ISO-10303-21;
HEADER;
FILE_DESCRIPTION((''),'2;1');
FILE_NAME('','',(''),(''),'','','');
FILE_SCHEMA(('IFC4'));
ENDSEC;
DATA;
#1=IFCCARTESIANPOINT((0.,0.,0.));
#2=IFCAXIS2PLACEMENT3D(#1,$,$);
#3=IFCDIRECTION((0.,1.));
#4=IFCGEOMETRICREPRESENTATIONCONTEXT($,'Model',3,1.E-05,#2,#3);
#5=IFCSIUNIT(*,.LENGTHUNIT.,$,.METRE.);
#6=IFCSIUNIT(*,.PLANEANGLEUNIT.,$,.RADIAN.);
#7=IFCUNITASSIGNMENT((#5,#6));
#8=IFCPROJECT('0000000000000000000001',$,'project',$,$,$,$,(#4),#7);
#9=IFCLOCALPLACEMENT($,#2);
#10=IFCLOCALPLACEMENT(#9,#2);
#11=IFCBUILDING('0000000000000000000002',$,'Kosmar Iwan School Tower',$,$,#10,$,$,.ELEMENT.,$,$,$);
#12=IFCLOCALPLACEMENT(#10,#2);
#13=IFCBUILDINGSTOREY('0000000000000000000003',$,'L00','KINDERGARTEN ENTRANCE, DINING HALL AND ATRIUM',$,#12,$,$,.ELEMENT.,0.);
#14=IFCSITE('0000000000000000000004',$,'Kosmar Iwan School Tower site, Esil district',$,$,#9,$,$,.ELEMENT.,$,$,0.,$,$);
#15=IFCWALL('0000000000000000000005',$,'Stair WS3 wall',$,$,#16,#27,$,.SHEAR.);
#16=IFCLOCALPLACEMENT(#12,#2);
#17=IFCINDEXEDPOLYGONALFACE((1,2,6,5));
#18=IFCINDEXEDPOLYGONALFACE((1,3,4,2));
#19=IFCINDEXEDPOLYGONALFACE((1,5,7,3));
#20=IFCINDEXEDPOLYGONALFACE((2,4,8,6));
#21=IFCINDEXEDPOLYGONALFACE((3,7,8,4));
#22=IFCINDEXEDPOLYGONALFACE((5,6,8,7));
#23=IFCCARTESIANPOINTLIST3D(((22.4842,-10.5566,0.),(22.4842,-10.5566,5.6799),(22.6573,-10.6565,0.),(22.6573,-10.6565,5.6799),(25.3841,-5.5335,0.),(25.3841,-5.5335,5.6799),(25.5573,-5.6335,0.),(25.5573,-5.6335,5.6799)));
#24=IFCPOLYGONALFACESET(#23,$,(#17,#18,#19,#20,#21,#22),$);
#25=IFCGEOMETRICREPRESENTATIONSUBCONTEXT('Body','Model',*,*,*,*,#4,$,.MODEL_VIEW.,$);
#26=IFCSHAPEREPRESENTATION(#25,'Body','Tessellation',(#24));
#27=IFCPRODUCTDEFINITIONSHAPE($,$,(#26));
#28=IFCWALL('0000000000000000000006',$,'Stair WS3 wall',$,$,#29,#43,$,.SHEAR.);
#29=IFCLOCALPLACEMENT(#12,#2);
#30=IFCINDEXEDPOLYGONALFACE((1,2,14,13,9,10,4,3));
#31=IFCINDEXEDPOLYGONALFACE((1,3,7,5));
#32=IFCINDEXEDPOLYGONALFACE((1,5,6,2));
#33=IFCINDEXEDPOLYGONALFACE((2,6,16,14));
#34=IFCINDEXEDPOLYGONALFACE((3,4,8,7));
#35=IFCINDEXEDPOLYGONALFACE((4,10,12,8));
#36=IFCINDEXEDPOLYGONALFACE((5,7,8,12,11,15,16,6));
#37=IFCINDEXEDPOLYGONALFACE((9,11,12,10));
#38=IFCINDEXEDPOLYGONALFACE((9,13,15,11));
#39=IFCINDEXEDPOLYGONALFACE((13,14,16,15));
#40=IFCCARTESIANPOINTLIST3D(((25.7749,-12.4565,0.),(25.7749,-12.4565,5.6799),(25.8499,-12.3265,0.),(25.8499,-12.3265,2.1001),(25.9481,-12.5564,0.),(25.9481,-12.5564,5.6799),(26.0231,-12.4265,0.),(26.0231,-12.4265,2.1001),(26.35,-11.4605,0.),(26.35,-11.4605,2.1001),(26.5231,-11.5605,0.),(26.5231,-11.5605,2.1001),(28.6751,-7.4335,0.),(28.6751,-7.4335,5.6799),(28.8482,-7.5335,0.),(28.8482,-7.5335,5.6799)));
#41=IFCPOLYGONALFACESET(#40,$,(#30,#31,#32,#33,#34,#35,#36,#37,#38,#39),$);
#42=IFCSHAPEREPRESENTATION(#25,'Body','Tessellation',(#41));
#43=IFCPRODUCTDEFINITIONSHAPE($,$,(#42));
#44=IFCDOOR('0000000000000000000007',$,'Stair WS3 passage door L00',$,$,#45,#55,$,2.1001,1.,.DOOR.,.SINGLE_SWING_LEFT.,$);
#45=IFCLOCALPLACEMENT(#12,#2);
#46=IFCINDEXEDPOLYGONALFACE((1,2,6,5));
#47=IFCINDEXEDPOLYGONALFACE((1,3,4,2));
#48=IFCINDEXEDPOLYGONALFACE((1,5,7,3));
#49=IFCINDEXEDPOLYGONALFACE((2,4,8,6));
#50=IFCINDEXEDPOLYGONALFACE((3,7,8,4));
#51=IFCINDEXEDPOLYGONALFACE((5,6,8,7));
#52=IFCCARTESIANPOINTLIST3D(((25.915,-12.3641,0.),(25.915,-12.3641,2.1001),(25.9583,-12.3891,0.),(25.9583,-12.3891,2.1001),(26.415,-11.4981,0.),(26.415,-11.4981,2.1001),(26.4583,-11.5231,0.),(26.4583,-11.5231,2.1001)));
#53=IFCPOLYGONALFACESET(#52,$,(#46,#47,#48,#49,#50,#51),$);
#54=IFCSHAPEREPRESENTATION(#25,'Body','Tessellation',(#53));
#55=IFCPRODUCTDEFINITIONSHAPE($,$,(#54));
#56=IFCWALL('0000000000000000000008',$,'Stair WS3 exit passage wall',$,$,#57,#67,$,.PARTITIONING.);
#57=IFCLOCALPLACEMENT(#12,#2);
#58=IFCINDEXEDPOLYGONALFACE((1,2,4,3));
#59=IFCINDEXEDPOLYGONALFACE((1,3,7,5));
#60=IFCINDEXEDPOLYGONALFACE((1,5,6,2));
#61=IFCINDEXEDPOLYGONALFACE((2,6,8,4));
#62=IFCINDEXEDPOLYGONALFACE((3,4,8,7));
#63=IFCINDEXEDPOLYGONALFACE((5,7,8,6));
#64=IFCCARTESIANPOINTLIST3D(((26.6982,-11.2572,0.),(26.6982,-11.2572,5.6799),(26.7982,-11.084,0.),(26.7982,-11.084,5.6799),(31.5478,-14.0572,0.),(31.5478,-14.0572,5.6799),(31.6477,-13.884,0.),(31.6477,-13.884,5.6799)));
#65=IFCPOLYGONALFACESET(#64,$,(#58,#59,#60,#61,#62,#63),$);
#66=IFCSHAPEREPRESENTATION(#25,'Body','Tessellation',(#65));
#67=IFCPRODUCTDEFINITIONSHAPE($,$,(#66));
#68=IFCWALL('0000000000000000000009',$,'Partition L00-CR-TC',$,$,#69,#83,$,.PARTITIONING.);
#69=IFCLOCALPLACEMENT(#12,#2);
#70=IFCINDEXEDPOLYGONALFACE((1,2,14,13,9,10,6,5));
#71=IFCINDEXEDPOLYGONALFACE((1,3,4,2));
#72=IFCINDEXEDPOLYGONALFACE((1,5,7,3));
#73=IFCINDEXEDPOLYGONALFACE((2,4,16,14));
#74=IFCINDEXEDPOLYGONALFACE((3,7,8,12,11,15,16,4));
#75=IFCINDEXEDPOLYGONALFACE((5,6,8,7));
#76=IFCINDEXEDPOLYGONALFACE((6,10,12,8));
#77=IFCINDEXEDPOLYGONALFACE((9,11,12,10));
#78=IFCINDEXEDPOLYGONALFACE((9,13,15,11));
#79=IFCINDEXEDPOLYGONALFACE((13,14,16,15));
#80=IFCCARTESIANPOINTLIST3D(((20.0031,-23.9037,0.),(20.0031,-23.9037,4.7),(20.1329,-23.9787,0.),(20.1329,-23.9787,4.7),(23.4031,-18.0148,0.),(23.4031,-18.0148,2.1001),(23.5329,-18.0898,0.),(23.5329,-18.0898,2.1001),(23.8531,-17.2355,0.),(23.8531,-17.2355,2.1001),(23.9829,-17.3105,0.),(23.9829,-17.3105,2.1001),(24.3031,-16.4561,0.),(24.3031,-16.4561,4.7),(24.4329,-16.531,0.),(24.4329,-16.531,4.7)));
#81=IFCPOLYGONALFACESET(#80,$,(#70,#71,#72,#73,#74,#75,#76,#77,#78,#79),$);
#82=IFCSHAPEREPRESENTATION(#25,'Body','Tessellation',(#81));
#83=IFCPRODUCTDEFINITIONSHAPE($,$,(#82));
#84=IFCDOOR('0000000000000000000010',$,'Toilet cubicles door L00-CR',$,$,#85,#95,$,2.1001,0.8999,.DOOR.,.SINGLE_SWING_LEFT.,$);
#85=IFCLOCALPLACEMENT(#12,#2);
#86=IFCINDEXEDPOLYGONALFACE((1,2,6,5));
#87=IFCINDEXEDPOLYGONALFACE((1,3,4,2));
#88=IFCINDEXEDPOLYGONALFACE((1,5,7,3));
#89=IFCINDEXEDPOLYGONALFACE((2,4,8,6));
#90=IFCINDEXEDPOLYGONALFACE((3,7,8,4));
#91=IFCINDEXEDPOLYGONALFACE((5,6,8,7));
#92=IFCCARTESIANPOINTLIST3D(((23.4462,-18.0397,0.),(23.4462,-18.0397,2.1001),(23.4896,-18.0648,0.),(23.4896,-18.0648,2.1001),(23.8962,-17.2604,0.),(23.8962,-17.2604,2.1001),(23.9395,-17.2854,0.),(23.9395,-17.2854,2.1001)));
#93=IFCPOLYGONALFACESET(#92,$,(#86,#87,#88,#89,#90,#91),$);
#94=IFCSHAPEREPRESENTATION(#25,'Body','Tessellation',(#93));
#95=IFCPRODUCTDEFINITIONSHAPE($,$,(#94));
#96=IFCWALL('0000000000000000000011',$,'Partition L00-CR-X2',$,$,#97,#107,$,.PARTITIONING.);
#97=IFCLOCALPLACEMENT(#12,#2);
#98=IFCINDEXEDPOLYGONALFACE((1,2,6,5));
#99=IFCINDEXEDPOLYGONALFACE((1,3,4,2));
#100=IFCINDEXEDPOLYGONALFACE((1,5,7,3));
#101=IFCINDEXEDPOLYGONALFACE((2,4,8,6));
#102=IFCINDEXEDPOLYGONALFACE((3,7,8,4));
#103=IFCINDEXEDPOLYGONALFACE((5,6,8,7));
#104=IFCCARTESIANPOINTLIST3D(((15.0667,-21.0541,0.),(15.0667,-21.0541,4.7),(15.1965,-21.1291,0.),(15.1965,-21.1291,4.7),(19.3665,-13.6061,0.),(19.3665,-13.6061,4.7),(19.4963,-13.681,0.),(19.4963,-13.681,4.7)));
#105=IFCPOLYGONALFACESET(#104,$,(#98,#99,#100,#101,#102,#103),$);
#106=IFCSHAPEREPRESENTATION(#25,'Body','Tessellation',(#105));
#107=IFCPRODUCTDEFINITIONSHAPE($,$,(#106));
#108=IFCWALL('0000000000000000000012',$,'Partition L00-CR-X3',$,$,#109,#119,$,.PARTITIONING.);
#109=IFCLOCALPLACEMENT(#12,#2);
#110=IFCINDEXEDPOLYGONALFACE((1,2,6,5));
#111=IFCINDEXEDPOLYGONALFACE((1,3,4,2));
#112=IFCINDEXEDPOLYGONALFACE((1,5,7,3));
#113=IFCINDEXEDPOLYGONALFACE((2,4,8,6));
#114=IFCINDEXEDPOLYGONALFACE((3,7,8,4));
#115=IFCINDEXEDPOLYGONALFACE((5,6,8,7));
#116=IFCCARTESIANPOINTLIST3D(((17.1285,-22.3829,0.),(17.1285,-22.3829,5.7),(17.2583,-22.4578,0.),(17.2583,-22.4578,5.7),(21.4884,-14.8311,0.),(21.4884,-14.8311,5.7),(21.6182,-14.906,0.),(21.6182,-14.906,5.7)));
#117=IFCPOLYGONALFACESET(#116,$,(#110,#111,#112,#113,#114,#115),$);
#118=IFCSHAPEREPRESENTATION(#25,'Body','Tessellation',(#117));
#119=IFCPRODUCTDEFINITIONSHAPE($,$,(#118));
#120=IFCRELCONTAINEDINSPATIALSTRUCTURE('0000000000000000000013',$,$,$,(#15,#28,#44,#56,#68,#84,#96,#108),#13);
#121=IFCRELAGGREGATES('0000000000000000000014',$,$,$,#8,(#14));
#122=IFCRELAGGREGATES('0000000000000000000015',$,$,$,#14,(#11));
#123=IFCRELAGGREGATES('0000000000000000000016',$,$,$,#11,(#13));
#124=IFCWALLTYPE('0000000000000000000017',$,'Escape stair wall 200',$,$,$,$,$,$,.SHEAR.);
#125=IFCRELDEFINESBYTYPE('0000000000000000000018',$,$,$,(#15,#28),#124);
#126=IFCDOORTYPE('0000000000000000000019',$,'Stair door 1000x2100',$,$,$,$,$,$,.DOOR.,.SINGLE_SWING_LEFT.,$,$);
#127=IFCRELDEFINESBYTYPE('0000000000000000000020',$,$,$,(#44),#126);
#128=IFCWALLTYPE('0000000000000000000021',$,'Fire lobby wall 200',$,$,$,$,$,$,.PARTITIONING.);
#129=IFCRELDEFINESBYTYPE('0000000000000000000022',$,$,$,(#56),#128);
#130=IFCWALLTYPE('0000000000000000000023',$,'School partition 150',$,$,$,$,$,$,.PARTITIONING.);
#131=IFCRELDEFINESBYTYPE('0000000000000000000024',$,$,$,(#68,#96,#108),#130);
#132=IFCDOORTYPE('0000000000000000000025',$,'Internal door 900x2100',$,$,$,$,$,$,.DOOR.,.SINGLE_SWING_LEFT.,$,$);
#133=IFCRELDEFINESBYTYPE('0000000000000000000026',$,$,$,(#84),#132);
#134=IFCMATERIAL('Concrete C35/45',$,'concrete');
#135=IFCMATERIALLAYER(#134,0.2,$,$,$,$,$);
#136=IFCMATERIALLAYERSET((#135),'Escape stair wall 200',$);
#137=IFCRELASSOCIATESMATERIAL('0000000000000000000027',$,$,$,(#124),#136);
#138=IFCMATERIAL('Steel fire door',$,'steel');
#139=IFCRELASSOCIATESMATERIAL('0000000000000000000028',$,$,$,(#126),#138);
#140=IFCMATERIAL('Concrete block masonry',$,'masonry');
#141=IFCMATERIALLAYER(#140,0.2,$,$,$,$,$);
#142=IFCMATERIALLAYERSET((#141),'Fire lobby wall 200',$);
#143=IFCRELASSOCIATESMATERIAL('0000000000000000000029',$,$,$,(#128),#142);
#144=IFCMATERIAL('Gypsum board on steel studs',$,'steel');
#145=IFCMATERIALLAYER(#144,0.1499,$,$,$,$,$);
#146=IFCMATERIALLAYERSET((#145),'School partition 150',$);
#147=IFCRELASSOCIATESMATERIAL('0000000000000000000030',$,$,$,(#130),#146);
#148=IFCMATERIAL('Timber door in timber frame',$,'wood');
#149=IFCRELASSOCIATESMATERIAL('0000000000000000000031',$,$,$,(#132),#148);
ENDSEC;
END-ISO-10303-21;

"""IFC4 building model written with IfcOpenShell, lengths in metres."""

from ifc_helpers import new_model, si_unit, direction, frame, frame_2d, origin, place, context, subcontext, project, spatial, rectangle, extrude, material, layer, layer_set, type_object, element, fill, save


model = new_model("IFC4")

# Units and contexts
model_context = context("Model", 3, precision=1e-05, world=origin(), true_north=direction((0.0, 1.0)))
body_context = subcontext(model_context, "Body", "Model", "MODEL_VIEW")
ifc_project = project(units=[si_unit("LENGTHUNIT", "METRE"), si_unit("PLANEANGLEUNIT", "RADIAN")], contexts=[model_context])

# Site, building, storey
site_placement = place(None, origin())
site = spatial("IfcSite", under=ifc_project, at=site_placement, Name="Kosmar Iwan School Tower site, Esil district", CompositionType="ELEMENT", RefElevation=0.0)
building_placement = place(site_placement, origin())
building = spatial("IfcBuilding", under=site, at=building_placement, Name="Kosmar Iwan School Tower", CompositionType="ELEMENT")
storey_placement = place(building_placement, origin())
storey = spatial("IfcBuildingStorey", under=building, at=storey_placement, Name="L00", Description="KINDERGARTEN ENTRANCE, DINING HALL AND ATRIUM", CompositionType="ELEMENT", Elevation=0.0)

# Wall
ifc_material_1 = material(Name="Concrete C35/45", Category="concrete")
ifc_layer_1 = layer(ifc_material_1, 0.2)
ifc_layer_set_1 = layer_set([ifc_layer_1], Name="Escape stair wall 200")
wall_type_1 = type_object("IfcWallType", Name="Escape stair wall 200", PredefinedType="SHEAR", material=ifc_layer_set_1)
wall_1_placement = place(storey_placement, frame((22.5708, -10.6064, 0.0), z_axis=(0.0, 0.0, 1.0), x_axis=(0.499987, 0.866033, 0.0)))
element("IfcWall", 1, at=wall_1_placement, inside=storey, type_object=wall_type_1, Name="Stair WS3 wall", PredefinedType="SHEAR", context=body_context, shape_type="SweptSolid", body=[
    extrude(rectangle(XDim=5.8, YDim=0.2, at=frame_2d((2.8999, 0.0))), origin(), (0.0, 0.0, 1.0), 5.6799),
])

# Wall, opening, door
wall_2_placement = place(storey_placement, frame((25.8616, -12.5063, 0.0), z_axis=(0.0, 0.0, 1.0), x_axis=(0.500019, 0.866015, 0.0)))
wall_2 = element("IfcWall", 2, at=wall_2_placement, inside=storey, type_object=wall_type_1, Name="Stair WS3 wall", PredefinedType="SHEAR", context=body_context, shape_type="SweptSolid", body=[
    extrude(rectangle(XDim=5.8, YDim=0.2, at=frame_2d((2.8999, 0.0))), origin(), (0.0, 0.0, 1.0), 5.6799),
])
opening_1_placement = place(wall_2_placement, frame((0.1499, 0.0, 0.0)))
opening_1 = element("IfcOpeningElement", 3, at=opening_1_placement, cuts=wall_2, PredefinedType="OPENING", context=body_context, shape_type="SweptSolid", body=[
    extrude(rectangle(XDim=1.0, YDim=2.1001, at=frame_2d((0.5, 1.05))), frame((0.0, 0.1121, 0.0), z_axis=(0.0, -1.0, 0.0), x_axis=(1.0, 0.0, 0.0)), (0.0, 0.0, 1.0), 0.2239),
])
ifc_material_2 = material(Name="Steel fire door", Category="steel")
door_type_1 = type_object("IfcDoorType", Name="Stair door 1000x2100", OperationType="SINGLE_SWING_LEFT", PredefinedType="DOOR", material=ifc_material_2)
door_1_placement = place(opening_1_placement, origin())
door_1 = element("IfcDoor", 4, at=door_1_placement, inside=storey, type_object=door_type_1, Name="Stair WS3 passage door L00", OperationType="SINGLE_SWING_LEFT", OverallHeight=2.1001, OverallWidth=1.0, PredefinedType="DOOR", context=body_context, shape_type="SweptSolid", body=[
    extrude(rectangle(XDim=1.0, YDim=2.1001, at=frame_2d((0.5, 1.05))), frame((0.0, 0.0249, 0.0), z_axis=(0.0, -1.0, 0.0), x_axis=(1.0, 0.0, 0.0)), (0.0, 0.0, 1.0), 0.05),
])
fill(opening_1, door_1)

# Wall
ifc_material_3 = material(Name="Concrete block masonry", Category="masonry")
ifc_layer_2 = layer(ifc_material_3, 0.2)
ifc_layer_set_2 = layer_set([ifc_layer_2], Name="Fire lobby wall 200")
wall_type_2 = type_object("IfcWallType", Name="Fire lobby wall 200", PredefinedType="PARTITIONING", material=ifc_layer_set_2)
wall_3_placement = place(storey_placement, frame((26.7483, -11.1707, 0.0), z_axis=(0.0, 0.0, 1.0), x_axis=(0.866016, -0.500017, 0.0)))
element("IfcWall", 5, at=wall_3_placement, inside=storey, type_object=wall_type_2, Name="Stair WS3 exit passage wall", PredefinedType="PARTITIONING", context=body_context, shape_type="SweptSolid", body=[
    extrude(rectangle(XDim=5.5999, YDim=0.2, at=frame_2d((2.7998, 0.0))), origin(), (0.0, 0.0, 1.0), 5.6799),
])

# Wall, opening, door
ifc_material_4 = material(Name="Gypsum board on steel studs", Category="steel")
ifc_layer_3 = layer(ifc_material_4, 0.1499)
ifc_layer_set_3 = layer_set([ifc_layer_3], Name="School partition 150")
wall_type_3 = type_object("IfcWallType", Name="School partition 150", PredefinedType="PARTITIONING", material=ifc_layer_set_3)
wall_4_placement = place(storey_placement, frame((24.3679, -16.4937, 0.0), z_axis=(0.0, 0.0, 1.0), x_axis=(-0.500008, -0.866021, 0.0)))
wall_4 = element("IfcWall", 6, at=wall_4_placement, inside=storey, type_object=wall_type_3, Name="Partition L00-CR-TC", PredefinedType="PARTITIONING", context=body_context, shape_type="SweptSolid", body=[
    extrude(rectangle(XDim=8.5999, YDim=0.1499, at=frame_2d((4.2998, 0.0))), origin(), (0.0, 0.0, 1.0), 4.7),
])
opening_2_placement = place(wall_4_placement, frame((0.8999, 0.0, 0.0)))
opening_2 = element("IfcOpeningElement", 7, at=opening_2_placement, cuts=wall_4, PredefinedType="OPENING", context=body_context, shape_type="SweptSolid", body=[
    extrude(rectangle(XDim=0.8999, YDim=2.1001, at=frame_2d((0.45, 1.05))), frame((0.0, 0.0869, 0.0), z_axis=(0.0, -1.0, 0.0), x_axis=(1.0, 0.0, 0.0)), (0.0, 0.0, 1.0), 0.1738),
])
ifc_material_5 = material(Name="Timber door in timber frame", Category="wood")
door_type_2 = type_object("IfcDoorType", Name="Internal door 900x2100", OperationType="SINGLE_SWING_LEFT", PredefinedType="DOOR", material=ifc_material_5)
door_2_placement = place(opening_2_placement, origin())
door_2 = element("IfcDoor", 8, at=door_2_placement, inside=storey, type_object=door_type_2, Name="Toilet cubicles door L00-CR", OperationType="SINGLE_SWING_LEFT", OverallHeight=2.1001, OverallWidth=0.8999, PredefinedType="DOOR", context=body_context, shape_type="SweptSolid", body=[
    extrude(rectangle(XDim=0.8999, YDim=2.1001, at=frame_2d((0.45, 1.05))), frame((0.0, 0.0249, 0.0), z_axis=(0.0, -1.0, 0.0), x_axis=(1.0, 0.0, 0.0)), (0.0, 0.0, 1.0), 0.05),
])
fill(opening_2, door_2)

# Walls
wall_5_placement = place(storey_placement, frame((19.4314, -13.6436, 0.0), z_axis=(0.0, 0.0, 1.0), x_axis=(-0.499974, -0.86604, 0.0)))
element("IfcWall", 9, at=wall_5_placement, inside=storey, type_object=wall_type_3, Name="Partition L00-CR-X2", PredefinedType="PARTITIONING", context=body_context, shape_type="SweptSolid", body=[
    extrude(rectangle(XDim=8.6001, YDim=0.1499, at=frame_2d((4.3, 0.0))), origin(), (0.0, 0.0, 1.0), 4.7),
])
wall_6_placement = place(storey_placement, frame((21.5532, -14.8687, 0.0), z_axis=(0.0, 0.0, 1.0), x_axis=(-0.499987, -0.866033, 0.0)))
element("IfcWall", 10, at=wall_6_placement, inside=storey, type_object=wall_type_3, Name="Partition L00-CR-X3", PredefinedType="PARTITIONING", context=body_context, shape_type="SweptSolid", body=[
    extrude(rectangle(XDim=8.72, YDim=0.1499, at=frame_2d((4.3599, 0.0))), origin(), (0.0, 0.0, 1.0), 5.7),
])

save(model, "model.ifc")
